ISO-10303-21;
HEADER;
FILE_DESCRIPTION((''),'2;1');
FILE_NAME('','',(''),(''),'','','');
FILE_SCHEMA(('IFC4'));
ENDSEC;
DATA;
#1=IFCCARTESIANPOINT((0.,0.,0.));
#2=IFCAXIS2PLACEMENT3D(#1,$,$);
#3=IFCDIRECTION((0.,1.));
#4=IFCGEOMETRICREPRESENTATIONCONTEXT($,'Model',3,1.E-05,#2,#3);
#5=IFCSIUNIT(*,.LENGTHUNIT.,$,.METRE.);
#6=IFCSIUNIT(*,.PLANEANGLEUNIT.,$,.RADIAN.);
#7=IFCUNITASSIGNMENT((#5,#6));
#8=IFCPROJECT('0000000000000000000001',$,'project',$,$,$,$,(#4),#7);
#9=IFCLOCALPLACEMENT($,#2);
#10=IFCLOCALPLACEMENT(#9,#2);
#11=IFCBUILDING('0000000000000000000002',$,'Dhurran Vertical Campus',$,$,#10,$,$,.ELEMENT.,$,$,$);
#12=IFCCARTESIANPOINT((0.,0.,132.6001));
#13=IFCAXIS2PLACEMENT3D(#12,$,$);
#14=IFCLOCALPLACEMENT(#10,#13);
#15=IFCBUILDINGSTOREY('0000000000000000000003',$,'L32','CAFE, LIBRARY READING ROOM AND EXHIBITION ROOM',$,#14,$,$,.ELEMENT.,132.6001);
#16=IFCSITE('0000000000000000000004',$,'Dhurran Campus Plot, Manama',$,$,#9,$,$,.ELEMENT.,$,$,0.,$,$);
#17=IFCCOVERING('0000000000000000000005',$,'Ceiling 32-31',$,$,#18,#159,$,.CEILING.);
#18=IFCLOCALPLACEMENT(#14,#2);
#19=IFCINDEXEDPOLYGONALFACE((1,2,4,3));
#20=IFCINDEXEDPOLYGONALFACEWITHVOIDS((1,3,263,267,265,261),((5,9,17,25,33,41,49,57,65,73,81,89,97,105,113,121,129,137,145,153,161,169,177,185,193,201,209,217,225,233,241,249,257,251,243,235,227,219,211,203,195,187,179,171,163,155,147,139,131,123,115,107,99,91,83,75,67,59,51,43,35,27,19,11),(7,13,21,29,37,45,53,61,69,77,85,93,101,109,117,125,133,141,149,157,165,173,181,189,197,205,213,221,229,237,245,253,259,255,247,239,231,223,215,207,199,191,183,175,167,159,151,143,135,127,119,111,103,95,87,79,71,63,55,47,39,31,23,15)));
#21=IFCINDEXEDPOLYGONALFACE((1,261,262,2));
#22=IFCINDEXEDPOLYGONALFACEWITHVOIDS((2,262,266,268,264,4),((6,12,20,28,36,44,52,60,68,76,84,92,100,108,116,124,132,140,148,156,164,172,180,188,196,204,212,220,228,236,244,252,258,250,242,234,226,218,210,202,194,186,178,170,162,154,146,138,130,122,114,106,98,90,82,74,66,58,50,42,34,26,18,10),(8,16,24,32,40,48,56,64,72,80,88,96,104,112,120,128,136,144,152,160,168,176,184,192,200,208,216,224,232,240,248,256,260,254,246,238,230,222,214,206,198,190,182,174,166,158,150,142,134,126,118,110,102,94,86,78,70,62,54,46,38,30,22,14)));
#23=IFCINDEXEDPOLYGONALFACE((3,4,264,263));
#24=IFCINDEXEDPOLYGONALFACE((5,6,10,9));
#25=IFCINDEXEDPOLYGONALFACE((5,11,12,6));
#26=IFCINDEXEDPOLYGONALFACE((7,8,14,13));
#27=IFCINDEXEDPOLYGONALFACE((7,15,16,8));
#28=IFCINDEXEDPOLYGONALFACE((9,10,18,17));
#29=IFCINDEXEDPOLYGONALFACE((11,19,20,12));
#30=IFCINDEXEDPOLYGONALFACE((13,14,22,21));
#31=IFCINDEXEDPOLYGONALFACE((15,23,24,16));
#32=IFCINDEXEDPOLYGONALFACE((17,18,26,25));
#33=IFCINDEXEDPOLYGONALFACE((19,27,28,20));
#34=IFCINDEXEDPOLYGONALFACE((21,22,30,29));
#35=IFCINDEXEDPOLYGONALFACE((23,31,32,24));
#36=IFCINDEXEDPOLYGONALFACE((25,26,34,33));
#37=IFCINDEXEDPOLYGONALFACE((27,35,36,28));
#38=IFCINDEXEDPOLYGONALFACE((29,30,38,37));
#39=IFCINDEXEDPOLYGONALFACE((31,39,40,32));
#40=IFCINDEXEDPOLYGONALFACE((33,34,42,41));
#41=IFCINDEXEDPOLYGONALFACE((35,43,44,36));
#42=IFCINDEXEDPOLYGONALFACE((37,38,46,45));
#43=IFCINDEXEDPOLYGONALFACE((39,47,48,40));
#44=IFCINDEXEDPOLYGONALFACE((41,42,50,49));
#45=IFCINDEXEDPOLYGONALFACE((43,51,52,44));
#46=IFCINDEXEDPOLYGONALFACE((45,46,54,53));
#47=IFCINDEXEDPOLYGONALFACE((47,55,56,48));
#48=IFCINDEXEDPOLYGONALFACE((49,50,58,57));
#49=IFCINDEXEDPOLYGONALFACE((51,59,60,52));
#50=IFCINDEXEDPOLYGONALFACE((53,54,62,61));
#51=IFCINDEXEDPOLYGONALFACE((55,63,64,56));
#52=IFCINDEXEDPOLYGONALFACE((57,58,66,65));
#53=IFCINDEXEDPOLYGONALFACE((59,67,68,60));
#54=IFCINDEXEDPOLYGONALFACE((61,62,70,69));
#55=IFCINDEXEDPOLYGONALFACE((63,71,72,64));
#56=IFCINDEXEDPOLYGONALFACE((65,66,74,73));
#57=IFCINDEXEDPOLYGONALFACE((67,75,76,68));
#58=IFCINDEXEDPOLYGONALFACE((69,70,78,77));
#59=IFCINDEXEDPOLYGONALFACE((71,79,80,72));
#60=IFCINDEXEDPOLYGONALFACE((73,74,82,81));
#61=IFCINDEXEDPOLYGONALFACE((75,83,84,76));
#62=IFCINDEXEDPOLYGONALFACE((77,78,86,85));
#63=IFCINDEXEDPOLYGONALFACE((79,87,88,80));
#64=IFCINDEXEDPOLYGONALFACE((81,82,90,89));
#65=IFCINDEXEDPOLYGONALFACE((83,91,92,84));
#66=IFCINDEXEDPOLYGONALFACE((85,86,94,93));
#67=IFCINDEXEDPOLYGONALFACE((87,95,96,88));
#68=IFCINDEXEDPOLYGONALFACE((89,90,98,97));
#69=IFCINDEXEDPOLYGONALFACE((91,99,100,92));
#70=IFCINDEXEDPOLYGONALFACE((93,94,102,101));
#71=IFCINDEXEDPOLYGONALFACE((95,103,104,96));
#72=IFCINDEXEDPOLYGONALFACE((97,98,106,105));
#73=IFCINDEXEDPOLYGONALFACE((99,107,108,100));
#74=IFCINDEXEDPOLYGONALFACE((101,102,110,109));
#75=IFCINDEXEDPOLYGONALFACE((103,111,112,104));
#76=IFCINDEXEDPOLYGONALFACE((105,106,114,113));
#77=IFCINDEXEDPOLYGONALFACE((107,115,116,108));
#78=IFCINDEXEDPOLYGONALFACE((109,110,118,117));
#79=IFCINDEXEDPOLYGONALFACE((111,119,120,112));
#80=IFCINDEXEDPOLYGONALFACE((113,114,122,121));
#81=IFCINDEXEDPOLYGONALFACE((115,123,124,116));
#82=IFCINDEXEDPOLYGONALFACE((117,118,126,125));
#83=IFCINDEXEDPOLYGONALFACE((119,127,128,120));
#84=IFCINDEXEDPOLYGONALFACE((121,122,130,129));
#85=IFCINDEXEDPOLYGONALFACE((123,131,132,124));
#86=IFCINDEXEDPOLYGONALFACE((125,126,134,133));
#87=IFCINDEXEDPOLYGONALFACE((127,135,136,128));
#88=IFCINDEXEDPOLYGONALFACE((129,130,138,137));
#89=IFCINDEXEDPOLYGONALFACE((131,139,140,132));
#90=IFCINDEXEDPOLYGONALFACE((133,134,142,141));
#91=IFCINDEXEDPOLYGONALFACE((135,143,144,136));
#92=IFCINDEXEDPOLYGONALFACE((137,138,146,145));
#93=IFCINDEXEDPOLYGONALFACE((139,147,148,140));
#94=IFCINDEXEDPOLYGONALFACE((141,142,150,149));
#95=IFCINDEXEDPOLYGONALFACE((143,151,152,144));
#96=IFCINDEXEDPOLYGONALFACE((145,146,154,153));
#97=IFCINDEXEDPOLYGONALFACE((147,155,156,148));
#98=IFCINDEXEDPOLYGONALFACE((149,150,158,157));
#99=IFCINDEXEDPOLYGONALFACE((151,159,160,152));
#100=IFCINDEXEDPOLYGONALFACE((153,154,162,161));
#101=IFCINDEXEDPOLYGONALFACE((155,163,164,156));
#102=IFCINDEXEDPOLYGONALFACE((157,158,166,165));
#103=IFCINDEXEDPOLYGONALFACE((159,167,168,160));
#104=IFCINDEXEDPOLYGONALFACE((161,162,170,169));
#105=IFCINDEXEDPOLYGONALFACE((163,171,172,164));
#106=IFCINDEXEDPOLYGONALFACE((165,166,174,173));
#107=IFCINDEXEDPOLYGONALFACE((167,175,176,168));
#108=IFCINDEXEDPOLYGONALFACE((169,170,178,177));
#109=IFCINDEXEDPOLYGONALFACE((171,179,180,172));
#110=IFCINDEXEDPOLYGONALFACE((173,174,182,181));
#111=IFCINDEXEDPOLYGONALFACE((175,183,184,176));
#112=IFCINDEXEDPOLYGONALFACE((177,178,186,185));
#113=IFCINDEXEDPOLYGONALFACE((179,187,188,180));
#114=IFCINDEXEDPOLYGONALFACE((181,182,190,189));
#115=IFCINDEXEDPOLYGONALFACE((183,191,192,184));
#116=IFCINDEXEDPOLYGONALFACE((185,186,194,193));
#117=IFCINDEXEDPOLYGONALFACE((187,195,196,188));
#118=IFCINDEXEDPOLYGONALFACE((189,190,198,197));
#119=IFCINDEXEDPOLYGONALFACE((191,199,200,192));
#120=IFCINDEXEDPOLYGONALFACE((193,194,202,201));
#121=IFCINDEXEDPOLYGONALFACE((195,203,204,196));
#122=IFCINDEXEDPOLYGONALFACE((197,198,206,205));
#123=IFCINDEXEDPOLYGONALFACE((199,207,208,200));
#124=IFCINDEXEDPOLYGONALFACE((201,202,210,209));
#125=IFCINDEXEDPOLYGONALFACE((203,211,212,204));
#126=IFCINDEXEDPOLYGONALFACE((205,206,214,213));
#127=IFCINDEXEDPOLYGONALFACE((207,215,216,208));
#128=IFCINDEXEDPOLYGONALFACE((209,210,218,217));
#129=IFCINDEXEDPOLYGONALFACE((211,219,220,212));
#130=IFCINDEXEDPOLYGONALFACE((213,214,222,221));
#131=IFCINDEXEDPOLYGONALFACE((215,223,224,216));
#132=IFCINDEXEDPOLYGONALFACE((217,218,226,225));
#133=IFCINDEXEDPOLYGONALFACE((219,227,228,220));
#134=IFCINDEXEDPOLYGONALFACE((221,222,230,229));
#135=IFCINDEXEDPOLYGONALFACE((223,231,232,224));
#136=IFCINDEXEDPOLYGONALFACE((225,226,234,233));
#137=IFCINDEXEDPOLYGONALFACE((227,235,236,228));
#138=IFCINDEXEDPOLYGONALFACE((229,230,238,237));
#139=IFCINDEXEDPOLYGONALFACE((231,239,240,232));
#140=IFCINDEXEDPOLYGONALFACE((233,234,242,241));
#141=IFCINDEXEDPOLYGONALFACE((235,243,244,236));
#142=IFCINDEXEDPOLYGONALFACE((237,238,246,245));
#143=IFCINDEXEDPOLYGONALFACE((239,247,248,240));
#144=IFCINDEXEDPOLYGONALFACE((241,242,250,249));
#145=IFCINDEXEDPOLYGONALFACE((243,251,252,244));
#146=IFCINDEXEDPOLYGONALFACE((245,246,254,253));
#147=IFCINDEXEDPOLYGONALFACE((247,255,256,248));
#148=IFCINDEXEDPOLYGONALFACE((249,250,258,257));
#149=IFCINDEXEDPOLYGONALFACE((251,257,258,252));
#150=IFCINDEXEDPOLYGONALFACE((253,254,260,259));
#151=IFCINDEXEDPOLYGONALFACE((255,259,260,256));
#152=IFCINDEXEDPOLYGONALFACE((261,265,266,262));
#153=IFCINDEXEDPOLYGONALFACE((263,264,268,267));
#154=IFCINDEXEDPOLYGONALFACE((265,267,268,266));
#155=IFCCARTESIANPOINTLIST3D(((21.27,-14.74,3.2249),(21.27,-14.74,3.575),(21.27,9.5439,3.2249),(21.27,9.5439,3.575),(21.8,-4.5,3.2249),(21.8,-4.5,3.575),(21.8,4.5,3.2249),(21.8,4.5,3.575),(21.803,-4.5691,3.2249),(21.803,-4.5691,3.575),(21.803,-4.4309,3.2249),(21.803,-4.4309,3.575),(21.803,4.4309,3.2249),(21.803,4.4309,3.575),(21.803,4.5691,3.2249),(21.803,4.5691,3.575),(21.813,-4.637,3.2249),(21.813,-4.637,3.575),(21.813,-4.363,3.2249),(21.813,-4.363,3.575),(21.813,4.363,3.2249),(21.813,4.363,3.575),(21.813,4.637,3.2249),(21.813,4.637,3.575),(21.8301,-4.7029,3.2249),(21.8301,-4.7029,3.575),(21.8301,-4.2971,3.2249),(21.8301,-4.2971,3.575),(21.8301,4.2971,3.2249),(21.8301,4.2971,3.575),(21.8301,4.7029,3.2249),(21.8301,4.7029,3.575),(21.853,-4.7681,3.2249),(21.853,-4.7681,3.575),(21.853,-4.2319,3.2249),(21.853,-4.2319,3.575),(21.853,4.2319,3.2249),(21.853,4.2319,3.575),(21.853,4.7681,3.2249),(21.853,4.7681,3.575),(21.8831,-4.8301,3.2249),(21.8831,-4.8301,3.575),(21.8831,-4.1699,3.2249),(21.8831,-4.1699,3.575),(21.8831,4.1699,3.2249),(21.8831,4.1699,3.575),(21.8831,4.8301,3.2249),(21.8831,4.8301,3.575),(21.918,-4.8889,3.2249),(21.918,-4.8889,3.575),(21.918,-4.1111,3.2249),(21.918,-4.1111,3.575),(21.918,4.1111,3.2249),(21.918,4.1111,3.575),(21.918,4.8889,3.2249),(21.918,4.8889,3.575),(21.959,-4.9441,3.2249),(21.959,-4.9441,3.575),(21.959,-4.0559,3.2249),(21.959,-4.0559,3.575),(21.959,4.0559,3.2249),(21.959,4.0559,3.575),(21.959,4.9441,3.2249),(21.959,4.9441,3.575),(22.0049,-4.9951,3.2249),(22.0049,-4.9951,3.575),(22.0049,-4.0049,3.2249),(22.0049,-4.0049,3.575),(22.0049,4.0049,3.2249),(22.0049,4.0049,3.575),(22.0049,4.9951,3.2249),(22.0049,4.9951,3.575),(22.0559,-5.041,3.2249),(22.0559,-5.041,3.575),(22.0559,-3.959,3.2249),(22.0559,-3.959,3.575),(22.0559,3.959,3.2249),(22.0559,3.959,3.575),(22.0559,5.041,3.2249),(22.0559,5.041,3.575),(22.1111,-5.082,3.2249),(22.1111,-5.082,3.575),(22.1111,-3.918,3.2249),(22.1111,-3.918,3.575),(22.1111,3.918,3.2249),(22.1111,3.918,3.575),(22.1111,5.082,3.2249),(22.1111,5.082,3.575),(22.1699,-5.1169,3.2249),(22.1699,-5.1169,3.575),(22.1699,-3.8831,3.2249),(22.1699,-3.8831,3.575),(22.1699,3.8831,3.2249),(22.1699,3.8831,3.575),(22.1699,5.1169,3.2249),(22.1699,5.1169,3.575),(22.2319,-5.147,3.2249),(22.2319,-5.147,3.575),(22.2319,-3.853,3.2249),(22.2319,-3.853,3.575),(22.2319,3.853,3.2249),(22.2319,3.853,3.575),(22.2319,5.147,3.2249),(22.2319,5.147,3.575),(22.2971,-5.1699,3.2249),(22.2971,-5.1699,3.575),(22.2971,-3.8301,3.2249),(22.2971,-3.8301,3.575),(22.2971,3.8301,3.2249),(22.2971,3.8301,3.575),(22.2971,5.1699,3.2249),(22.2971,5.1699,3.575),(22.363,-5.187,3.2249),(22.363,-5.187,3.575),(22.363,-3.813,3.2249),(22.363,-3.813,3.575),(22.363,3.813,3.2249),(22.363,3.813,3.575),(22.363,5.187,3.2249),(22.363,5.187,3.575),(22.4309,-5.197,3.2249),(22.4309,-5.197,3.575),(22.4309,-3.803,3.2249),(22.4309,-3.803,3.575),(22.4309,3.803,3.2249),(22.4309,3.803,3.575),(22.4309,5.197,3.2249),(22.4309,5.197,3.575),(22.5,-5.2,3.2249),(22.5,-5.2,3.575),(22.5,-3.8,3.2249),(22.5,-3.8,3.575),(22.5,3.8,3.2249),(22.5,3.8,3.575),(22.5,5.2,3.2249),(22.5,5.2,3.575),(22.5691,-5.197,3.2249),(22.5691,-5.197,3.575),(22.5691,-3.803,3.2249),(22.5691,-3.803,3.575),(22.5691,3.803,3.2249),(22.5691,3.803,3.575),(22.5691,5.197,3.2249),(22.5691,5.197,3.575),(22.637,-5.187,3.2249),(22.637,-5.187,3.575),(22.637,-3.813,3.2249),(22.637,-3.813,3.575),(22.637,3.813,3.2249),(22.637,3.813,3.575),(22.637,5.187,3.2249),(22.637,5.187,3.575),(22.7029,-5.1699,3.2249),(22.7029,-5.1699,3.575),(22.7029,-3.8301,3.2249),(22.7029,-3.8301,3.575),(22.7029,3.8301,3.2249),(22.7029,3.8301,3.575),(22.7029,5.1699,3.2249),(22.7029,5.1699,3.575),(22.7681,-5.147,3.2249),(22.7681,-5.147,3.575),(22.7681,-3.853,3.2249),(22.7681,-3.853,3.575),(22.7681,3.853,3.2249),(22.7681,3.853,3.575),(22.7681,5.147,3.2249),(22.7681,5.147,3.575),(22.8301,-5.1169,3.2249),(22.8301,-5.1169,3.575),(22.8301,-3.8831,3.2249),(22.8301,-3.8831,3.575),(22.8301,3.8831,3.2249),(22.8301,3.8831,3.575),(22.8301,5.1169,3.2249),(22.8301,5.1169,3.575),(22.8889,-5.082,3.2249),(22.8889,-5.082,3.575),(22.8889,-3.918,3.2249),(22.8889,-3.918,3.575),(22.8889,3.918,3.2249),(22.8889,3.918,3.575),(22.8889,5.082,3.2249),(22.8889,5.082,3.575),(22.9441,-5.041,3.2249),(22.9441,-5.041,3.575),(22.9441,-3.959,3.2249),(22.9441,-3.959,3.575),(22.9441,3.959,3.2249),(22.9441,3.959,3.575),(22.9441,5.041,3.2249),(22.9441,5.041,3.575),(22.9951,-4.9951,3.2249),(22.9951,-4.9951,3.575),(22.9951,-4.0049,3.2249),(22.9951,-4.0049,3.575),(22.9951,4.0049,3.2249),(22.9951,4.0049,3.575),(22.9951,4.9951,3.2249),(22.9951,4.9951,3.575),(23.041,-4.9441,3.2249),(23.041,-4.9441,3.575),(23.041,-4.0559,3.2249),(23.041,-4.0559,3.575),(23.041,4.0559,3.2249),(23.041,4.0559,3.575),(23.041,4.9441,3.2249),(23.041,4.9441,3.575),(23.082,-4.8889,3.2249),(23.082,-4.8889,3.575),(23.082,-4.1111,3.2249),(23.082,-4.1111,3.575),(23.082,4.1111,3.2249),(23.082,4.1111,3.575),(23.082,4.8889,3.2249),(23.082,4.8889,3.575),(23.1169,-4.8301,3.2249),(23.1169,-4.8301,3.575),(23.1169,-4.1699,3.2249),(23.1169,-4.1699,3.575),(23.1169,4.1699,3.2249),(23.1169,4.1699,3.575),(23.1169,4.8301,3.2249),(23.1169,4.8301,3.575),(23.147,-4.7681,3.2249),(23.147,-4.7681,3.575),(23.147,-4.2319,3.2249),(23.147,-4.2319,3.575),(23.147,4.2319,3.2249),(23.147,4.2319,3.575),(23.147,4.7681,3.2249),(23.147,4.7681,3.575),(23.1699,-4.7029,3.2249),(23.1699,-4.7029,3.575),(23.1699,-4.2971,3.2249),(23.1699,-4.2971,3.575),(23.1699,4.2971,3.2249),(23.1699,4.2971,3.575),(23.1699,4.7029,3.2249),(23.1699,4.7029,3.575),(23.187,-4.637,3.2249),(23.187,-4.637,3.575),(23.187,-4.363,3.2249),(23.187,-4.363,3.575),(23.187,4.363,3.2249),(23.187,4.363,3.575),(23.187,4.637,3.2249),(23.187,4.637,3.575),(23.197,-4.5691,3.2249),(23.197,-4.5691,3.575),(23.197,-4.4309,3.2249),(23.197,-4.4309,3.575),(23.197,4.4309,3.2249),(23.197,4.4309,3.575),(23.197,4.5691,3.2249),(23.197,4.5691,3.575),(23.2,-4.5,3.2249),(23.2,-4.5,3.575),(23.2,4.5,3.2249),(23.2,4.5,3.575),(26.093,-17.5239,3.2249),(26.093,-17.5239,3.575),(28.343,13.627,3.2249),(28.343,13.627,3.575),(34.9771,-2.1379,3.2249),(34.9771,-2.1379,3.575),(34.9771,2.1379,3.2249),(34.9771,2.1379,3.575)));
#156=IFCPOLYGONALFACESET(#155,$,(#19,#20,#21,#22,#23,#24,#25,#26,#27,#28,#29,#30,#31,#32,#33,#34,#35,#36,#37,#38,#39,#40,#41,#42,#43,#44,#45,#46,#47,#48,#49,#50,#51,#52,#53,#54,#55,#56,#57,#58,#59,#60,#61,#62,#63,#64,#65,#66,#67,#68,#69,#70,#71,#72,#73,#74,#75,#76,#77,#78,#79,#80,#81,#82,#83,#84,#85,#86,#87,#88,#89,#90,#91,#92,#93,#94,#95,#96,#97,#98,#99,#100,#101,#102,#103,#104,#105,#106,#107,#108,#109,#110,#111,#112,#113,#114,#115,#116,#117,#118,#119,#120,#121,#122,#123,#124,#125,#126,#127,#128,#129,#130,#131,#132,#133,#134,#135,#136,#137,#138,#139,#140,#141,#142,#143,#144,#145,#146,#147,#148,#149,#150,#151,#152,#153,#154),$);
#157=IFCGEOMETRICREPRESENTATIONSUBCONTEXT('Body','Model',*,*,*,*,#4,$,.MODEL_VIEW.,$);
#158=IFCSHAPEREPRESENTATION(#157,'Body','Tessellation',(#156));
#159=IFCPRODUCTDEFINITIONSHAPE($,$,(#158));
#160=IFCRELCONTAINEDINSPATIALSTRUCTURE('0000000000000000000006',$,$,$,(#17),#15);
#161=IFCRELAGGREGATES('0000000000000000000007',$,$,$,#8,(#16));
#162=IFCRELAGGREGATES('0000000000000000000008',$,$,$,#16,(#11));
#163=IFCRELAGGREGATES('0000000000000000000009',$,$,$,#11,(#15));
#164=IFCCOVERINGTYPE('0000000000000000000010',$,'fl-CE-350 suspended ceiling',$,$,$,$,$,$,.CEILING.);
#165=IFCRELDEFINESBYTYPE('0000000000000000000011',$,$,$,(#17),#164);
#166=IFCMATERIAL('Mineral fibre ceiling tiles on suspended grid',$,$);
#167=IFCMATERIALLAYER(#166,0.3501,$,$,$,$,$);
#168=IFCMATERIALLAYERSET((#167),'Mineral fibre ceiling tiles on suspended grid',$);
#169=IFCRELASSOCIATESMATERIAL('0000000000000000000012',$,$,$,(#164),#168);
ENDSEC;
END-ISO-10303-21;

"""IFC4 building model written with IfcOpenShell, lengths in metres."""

from ifc_helpers import new_model, si_unit, direction, frame, origin, place, context, subcontext, project, spatial, polyline, outline, extrude, material, layer, layer_set, type_object, element, save


model = new_model("IFC4")

# Units and contexts
model_context = context("Model", 3, precision=1e-05, world=origin(), true_north=direction((0.0, 1.0)))
body_context = subcontext(model_context, "Body", "Model", "MODEL_VIEW")
ifc_project = project(units=[si_unit("LENGTHUNIT", "METRE"), si_unit("PLANEANGLEUNIT", "RADIAN")], contexts=[model_context])

# Site, building, storey
site_placement = place(None, origin())
site = spatial("IfcSite", under=ifc_project, at=site_placement, Name="Dhurran Campus Plot, Manama", CompositionType="ELEMENT", RefElevation=0.0)
building_placement = place(site_placement, origin())
building = spatial("IfcBuilding", under=site, at=building_placement, Name="Dhurran Vertical Campus", CompositionType="ELEMENT")
storey_placement = place(building_placement, frame((0.0, 0.0, 132.6001)))
storey = spatial("IfcBuildingStorey", under=building, at=storey_placement, Name="L32", Description="CAFE, LIBRARY READING ROOM AND EXHIBITION ROOM", CompositionType="ELEMENT", Elevation=132.6001)

# Covering
ifc_material_1 = material(Name="Mineral fibre ceiling tiles on suspended grid")
ifc_layer_1 = layer(ifc_material_1, 0.3501)
ifc_layer_set_1 = layer_set([ifc_layer_1], Name="Mineral fibre ceiling tiles on suspended grid")
covering_type = type_object("IfcCoveringType", Name="fl-CE-350 suspended ceiling", PredefinedType="CEILING", material=ifc_layer_set_1)
covering_1_placement = place(storey_placement, frame((0.0, 0.0, 3.2249)))
element("IfcCovering", 1, at=covering_1_placement, inside=storey, type_object=covering_type, Name="Ceiling 32-31", PredefinedType="CEILING", context=body_context, shape_type="SweptSolid", body=[
    extrude(outline(polyline([(28.343, 13.627), (34.9771, 2.1379), (34.9771, -2.1379), (26.093, -17.5239), (21.27, -14.74), (21.27, 9.5439), (28.343, 13.627)]), holes=[polyline([(23.187, -4.363), (23.1699, -4.2971), (23.147, -4.2319), (23.1169, -4.1699), (23.082, -4.1111), (23.041, -4.0559), (22.9951, -4.0049), (22.9441, -3.959), (22.8889, -3.918), (22.8301, -3.8831), (22.7681, -3.853), (22.7029, -3.8301), (22.637, -3.813), (22.5691, -3.803), (22.5, -3.8), (22.4309, -3.803), (22.363, -3.813), (22.2971, -3.8301), (22.2319, -3.853), (22.1699, -3.8831), (22.1111, -3.918), (22.0559, -3.959), (22.0049, -4.0049), (21.959, -4.0559), (21.918, -4.1111), (21.8831, -4.1699), (21.853, -4.2319), (21.8301, -4.2971), (21.813, -4.363), (21.803, -4.4309), (21.8, -4.5), (21.803, -4.5691), (21.813, -4.637), (21.8301, -4.7029), (21.853, -4.7681), (21.8831, -4.8301), (21.918, -4.8889), (21.959, -4.9441), (22.0049, -4.9951), (22.0559, -5.041), (22.1111, -5.082), (22.1699, -5.1169), (22.2319, -5.147), (22.2971, -5.1699), (22.363, -5.187), (22.4309, -5.197), (22.5, -5.2), (22.5691, -5.197), (22.637, -5.187), (22.7029, -5.1699), (22.7681, -5.147), (22.8301, -5.1169), (22.8889, -5.082), (22.9441, -5.041), (22.9951, -4.9951), (23.041, -4.9441), (23.082, -4.8889), (23.1169, -4.8301), (23.147, -4.7681), (23.1699, -4.7029), (23.187, -4.637), (23.197, -4.5691), (23.2, -4.5), (23.197, -4.4309), (23.187, -4.363)]), polyline([(23.197, 4.5691), (23.187, 4.637), (23.1699, 4.7029), (23.147, 4.7681), (23.1169, 4.8301), (23.082, 4.8889), (23.041, 4.9441), (22.9951, 4.9951), (22.9441, 5.041), (22.8889, 5.082), (22.8301, 5.1169), (22.7681, 5.147), (22.7029, 5.1699), (22.637, 5.187), (22.5691, 5.197), (22.5, 5.2), (22.4309, 5.197), (22.363, 5.187), (22.2971, 5.1699), (22.2319, 5.147), (22.1699, 5.1169), (22.1111, 5.082), (22.0559, 5.041), (22.0049, 4.9951), (21.959, 4.9441), (21.918, 4.8889), (21.8831, 4.8301), (21.853, 4.7681), (21.8301, 4.7029), (21.813, 4.637), (21.803, 4.5691), (21.8, 4.5), (21.803, 4.4309), (21.813, 4.363), (21.8301, 4.2971), (21.853, 4.2319), (21.8831, 4.1699), (21.918, 4.1111), (21.959, 4.0559), (22.0049, 4.0049), (22.0559, 3.959), (22.1111, 3.918), (22.1699, 3.8831), (22.2319, 3.853), (22.2971, 3.8301), (22.363, 3.813), (22.4309, 3.803), (22.5, 3.8), (22.5691, 3.803), (22.637, 3.813), (22.7029, 3.8301), (22.7681, 3.853), (22.8301, 3.8831), (22.8889, 3.918), (22.9441, 3.959), (22.9951, 4.0049), (23.041, 4.0559), (23.082, 4.1111), (23.1169, 4.1699), (23.147, 4.2319), (23.1699, 4.2971), (23.187, 4.363), (23.197, 4.4309), (23.2, 4.5), (23.197, 4.5691)])]), origin(), (0.0, 0.0, 1.0), 0.3501),
])

save(model, "model.ifc")
